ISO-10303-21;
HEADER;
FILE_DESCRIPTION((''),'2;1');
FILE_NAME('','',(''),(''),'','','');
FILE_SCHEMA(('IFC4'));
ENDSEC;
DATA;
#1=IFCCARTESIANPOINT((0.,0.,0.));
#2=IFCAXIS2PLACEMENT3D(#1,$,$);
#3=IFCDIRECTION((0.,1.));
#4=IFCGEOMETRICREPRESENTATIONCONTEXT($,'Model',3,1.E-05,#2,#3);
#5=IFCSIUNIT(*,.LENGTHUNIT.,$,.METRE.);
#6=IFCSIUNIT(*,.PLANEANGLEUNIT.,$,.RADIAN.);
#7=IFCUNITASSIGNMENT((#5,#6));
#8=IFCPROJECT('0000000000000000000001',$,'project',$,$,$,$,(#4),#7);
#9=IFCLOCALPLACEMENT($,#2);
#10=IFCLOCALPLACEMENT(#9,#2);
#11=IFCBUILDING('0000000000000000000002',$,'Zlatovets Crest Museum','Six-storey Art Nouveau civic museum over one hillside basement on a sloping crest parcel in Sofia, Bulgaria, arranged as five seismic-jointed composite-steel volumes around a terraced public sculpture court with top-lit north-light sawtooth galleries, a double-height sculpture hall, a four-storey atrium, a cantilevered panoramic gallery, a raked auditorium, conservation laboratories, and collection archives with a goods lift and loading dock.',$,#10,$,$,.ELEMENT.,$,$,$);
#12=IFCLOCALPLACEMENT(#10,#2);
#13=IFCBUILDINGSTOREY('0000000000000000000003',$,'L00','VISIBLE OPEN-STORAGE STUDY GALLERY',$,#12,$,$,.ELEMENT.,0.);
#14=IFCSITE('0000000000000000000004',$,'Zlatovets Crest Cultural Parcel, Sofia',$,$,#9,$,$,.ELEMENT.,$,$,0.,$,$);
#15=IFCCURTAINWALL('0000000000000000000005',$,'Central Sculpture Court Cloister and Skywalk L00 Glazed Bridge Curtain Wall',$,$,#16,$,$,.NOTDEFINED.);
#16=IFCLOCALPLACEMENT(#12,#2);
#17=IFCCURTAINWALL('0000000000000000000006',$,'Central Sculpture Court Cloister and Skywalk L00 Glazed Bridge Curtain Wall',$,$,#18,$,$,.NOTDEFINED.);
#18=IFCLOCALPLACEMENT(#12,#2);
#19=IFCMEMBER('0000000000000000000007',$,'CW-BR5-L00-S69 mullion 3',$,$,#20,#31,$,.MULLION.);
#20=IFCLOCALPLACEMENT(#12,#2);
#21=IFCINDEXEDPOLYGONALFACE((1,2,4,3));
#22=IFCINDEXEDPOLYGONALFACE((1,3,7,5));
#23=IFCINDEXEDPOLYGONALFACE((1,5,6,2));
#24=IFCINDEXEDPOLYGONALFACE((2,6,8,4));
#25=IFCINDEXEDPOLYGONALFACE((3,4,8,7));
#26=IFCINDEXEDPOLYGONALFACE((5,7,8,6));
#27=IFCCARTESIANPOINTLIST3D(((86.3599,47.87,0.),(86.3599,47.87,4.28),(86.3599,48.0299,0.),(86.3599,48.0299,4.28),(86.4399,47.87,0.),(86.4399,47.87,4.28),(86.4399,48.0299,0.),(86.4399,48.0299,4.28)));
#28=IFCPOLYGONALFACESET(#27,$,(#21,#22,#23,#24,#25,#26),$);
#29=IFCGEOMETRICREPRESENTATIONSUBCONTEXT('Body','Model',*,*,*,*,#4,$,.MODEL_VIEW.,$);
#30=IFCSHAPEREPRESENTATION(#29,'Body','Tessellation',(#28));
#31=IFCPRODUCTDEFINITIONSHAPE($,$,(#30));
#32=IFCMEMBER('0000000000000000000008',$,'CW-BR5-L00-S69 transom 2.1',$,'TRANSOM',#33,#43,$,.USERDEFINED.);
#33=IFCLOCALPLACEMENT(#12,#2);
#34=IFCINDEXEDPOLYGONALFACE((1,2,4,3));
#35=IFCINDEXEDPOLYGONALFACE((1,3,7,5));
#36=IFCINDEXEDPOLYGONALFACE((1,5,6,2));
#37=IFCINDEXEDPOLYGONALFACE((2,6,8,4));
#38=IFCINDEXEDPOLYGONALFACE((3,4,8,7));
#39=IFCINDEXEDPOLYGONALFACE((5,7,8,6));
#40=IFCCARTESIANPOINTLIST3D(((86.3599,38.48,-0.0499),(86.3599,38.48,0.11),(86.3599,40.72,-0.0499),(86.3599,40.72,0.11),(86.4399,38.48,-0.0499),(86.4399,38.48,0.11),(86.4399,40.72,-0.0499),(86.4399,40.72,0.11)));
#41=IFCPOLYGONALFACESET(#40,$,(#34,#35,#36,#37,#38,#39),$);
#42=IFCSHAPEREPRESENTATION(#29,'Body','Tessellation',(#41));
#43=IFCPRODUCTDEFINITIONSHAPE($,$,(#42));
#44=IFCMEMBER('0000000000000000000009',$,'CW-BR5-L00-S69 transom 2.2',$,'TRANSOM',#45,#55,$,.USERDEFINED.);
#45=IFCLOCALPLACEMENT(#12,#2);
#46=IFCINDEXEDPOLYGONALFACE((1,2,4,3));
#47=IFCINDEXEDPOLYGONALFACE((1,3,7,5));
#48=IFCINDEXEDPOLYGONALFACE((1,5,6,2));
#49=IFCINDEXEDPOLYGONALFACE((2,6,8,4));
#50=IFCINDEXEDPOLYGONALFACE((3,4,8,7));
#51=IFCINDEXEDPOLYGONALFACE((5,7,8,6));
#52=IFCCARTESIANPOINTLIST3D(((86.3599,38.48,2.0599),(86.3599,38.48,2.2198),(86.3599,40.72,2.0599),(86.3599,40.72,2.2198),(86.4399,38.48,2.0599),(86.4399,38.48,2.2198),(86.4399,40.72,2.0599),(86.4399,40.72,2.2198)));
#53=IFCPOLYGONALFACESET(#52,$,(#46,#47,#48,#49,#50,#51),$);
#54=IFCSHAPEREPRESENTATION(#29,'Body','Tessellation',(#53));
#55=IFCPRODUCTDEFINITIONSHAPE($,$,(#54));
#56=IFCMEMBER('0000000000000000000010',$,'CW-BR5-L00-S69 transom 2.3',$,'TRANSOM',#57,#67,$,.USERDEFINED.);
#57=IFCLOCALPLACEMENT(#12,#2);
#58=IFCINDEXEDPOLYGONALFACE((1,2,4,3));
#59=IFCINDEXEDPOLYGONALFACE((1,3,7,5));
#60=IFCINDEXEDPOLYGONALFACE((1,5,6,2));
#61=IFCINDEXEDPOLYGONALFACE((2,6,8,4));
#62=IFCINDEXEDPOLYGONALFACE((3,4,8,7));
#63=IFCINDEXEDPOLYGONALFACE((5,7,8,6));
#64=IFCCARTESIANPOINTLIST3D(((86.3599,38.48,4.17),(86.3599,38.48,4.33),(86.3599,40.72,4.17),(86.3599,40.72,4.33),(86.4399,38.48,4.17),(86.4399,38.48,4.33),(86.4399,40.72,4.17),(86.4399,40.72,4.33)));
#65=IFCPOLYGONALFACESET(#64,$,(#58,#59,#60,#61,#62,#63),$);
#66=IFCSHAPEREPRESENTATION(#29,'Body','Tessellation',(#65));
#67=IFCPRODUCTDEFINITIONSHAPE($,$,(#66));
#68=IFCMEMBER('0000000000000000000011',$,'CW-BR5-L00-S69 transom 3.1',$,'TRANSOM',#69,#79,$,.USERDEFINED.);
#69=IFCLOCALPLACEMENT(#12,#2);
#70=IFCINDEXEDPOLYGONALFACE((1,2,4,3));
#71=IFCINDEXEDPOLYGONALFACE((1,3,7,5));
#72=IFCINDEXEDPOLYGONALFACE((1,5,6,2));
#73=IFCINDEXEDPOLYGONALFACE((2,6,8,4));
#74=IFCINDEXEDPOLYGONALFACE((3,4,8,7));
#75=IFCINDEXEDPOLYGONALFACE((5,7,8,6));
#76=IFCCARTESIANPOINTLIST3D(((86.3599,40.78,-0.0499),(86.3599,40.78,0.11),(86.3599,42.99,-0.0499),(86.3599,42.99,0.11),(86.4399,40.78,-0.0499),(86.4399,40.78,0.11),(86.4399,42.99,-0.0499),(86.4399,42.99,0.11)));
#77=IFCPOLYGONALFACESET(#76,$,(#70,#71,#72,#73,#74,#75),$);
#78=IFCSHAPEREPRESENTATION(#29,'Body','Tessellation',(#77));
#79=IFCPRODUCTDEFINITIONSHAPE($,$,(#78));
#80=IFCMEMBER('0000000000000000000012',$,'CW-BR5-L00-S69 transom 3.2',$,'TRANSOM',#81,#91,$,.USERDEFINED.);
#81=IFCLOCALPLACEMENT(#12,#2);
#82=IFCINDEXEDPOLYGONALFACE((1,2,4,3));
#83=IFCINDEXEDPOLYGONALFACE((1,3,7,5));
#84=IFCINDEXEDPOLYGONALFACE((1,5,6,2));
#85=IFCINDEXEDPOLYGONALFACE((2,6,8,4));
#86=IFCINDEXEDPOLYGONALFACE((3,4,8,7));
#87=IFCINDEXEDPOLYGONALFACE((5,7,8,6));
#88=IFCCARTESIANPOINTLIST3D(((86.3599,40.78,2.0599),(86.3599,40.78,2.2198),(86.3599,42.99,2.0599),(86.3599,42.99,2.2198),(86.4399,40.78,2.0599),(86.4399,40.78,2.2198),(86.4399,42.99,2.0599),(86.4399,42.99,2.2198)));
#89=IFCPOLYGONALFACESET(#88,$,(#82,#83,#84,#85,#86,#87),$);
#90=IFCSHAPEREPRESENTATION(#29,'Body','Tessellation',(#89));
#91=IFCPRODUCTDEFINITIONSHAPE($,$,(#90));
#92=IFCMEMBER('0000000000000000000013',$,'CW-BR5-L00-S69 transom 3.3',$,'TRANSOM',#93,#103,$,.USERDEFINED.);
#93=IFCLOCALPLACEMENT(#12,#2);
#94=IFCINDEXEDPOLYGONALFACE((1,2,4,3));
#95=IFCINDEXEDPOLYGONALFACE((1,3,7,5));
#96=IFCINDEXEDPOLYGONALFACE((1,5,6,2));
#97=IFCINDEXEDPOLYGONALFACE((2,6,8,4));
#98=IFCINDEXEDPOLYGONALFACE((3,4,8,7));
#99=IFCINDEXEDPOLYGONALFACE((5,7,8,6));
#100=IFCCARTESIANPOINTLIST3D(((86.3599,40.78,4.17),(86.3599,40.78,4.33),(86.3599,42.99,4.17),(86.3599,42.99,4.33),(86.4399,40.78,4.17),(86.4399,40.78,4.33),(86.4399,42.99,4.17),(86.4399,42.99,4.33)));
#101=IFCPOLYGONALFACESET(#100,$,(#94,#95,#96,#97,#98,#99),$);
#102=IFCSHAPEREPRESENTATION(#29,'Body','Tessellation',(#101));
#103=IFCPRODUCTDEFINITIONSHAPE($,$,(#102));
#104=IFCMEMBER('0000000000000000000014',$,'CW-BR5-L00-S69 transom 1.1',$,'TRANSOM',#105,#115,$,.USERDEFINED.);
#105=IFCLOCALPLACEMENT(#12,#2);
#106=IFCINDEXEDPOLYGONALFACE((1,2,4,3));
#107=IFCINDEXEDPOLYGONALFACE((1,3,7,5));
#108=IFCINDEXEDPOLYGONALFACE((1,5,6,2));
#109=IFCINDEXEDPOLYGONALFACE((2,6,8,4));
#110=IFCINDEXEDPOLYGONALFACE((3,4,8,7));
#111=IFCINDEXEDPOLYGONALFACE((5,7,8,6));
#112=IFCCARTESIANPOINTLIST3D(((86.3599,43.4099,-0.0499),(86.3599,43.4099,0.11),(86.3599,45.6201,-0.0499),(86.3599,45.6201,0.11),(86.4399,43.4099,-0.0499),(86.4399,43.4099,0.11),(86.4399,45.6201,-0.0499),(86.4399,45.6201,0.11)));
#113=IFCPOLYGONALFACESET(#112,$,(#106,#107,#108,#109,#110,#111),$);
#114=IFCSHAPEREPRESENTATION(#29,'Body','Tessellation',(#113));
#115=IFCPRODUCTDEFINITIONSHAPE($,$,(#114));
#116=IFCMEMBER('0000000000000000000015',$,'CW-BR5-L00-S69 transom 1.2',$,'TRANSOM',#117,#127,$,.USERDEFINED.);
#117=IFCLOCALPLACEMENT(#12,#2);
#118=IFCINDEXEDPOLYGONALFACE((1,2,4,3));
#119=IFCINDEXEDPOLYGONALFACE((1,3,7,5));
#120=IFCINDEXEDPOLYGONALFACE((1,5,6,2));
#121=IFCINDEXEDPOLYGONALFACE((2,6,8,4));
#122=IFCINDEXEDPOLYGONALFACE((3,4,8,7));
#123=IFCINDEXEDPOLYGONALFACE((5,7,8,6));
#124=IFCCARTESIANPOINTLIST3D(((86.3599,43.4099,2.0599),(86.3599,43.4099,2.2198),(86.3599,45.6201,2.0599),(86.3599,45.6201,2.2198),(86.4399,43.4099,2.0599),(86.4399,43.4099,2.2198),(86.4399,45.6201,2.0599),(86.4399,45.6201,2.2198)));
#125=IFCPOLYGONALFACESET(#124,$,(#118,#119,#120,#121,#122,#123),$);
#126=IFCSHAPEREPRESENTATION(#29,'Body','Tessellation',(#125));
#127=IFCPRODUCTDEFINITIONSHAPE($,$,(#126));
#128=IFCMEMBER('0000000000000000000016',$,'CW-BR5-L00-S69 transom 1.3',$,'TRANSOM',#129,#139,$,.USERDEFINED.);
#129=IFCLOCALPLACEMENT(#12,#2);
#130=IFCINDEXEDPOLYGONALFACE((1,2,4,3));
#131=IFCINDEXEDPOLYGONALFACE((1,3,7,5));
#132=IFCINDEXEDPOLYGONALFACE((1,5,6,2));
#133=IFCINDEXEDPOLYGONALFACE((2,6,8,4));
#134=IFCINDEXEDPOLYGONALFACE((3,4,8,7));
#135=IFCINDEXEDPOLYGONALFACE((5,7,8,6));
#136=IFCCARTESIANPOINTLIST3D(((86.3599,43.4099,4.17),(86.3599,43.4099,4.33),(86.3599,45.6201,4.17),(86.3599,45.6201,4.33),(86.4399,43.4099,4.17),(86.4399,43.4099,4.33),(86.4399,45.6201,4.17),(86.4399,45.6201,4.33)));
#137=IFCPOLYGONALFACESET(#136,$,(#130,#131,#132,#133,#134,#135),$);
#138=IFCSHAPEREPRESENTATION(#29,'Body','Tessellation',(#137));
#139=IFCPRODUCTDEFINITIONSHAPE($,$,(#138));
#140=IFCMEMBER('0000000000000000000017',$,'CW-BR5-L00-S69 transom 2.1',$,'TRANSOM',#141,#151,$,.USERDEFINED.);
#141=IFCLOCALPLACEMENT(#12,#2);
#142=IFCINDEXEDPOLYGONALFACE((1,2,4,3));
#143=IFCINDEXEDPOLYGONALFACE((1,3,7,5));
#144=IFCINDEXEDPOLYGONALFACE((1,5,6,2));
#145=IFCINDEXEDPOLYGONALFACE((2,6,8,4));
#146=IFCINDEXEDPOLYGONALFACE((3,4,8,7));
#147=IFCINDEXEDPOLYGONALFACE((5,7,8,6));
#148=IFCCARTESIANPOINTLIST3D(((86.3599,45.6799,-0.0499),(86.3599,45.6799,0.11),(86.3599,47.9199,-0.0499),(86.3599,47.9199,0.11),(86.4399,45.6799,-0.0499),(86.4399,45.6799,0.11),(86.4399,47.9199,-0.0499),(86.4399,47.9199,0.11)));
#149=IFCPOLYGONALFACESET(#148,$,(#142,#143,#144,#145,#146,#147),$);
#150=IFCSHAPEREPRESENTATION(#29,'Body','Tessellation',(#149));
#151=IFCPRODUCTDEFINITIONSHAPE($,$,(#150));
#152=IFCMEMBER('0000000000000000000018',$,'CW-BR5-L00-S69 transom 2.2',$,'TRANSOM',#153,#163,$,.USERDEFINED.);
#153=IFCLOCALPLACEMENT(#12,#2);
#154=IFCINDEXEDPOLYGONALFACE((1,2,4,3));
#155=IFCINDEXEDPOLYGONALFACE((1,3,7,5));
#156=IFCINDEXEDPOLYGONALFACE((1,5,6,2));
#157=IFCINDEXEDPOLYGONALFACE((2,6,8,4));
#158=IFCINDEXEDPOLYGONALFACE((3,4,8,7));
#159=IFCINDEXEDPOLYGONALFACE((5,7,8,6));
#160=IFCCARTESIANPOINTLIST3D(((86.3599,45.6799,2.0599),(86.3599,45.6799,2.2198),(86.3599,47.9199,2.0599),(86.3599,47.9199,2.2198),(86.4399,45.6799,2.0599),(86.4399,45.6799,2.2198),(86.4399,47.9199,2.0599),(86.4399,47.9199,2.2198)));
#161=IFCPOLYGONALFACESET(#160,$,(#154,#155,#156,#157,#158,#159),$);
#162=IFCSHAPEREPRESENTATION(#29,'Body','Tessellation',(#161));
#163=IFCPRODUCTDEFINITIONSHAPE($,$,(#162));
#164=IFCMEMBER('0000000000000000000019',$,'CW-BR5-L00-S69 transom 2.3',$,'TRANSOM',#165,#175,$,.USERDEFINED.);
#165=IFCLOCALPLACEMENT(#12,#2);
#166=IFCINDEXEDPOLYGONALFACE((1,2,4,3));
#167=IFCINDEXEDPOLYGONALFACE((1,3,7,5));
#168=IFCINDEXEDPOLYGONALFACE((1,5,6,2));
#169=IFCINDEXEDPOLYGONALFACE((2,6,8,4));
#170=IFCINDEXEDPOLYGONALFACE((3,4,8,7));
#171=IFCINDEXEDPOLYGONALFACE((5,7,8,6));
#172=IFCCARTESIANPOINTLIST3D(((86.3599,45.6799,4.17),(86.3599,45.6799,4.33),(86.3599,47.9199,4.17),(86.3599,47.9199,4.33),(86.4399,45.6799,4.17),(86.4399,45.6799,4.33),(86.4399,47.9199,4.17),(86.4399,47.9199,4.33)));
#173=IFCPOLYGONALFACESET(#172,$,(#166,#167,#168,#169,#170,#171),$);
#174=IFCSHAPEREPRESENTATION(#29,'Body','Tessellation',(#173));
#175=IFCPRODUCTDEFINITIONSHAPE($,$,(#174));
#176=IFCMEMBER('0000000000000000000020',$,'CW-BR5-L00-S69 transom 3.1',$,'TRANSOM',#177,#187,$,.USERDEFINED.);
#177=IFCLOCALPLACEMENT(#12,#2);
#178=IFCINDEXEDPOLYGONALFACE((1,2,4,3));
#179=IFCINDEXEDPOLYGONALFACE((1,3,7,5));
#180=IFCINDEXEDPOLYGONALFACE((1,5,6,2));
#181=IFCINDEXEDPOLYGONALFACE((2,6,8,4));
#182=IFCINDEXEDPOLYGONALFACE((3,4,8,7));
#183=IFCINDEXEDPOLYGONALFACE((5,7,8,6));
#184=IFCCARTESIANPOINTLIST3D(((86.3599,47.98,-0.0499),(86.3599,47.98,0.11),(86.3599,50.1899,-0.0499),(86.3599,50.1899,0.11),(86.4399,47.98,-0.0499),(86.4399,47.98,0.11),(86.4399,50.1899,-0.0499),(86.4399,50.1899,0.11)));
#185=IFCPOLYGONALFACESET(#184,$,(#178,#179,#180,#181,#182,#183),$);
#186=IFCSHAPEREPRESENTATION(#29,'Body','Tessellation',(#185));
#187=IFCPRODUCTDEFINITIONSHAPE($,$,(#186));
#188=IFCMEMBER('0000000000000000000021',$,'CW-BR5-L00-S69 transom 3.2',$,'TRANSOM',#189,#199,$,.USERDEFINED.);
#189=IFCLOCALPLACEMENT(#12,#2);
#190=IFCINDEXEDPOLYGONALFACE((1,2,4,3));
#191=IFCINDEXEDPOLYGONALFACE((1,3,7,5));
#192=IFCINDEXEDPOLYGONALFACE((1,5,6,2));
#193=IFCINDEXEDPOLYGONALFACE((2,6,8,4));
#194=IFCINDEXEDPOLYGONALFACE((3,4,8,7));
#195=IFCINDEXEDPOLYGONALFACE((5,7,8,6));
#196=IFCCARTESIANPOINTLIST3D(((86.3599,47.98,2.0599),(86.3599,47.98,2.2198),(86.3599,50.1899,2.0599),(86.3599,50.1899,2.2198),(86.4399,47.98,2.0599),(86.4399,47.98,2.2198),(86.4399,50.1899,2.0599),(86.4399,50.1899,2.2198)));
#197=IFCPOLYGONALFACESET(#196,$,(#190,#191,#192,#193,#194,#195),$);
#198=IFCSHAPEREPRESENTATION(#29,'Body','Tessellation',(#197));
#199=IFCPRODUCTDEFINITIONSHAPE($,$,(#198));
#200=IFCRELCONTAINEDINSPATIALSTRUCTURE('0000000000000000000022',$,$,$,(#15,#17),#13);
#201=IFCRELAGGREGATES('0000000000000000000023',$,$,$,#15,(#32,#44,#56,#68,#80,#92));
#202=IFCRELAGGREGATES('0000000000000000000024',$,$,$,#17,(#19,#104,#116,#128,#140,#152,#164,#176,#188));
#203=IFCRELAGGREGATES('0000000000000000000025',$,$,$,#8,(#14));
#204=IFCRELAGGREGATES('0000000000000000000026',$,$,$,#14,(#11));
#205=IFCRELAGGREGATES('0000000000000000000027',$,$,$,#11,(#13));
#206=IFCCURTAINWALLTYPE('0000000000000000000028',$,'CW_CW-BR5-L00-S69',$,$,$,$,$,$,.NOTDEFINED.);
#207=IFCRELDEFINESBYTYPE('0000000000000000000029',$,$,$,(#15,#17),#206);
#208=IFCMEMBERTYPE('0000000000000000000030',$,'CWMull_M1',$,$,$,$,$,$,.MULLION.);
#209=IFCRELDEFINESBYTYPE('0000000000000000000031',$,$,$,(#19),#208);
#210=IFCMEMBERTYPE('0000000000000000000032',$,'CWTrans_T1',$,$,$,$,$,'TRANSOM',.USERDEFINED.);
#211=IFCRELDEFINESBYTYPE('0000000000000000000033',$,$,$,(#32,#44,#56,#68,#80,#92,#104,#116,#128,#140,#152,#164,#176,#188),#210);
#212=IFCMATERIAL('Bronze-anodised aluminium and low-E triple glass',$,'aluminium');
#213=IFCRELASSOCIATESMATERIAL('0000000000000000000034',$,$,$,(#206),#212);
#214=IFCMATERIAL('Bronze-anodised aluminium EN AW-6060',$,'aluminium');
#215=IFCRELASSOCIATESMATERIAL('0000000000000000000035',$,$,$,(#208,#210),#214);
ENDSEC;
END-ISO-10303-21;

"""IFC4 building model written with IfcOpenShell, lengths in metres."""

from ifc_helpers import new_model, si_unit, direction, frame, origin, origin_2d, place, context, subcontext, project, spatial, rectangle, extrude, material, material_profile, profile_set, type_object, element, aggregate, save


model = new_model("IFC4")

# Units and contexts
model_context = context("Model", 3, precision=1e-05, world=origin(), true_north=direction((0.0, 1.0)))
body_context = subcontext(model_context, "Body", "Model", "MODEL_VIEW")
ifc_project = project(units=[si_unit("LENGTHUNIT", "METRE"), si_unit("PLANEANGLEUNIT", "RADIAN")], contexts=[model_context])

# Site, building, storey
site_placement = place(None, origin())
site = spatial("IfcSite", under=ifc_project, at=site_placement, Name="Zlatovets Crest Cultural Parcel, Sofia", CompositionType="ELEMENT", RefElevation=0.0)
building_placement = place(site_placement, origin())
building = spatial("IfcBuilding", under=site, at=building_placement, Name="Zlatovets Crest Museum", Description="Six-storey Art Nouveau civic museum over one hillside basement on a sloping crest parcel in Sofia, Bulgaria, arranged as five seismic-jointed composite-steel volumes around a terraced public sculpture court with top-lit north-light sawtooth galleries, a double-height sculpture hall, a four-storey atrium, a cantilevered panoramic gallery, a raked auditorium, conservation laboratories, and collection archives with a goods lift and loading dock.", CompositionType="ELEMENT")
storey_placement = place(building_placement, origin())
storey = spatial("IfcBuildingStorey", under=building, at=storey_placement, Name="L00", Description="VISIBLE OPEN-STORAGE STUDY GALLERY", CompositionType="ELEMENT", Elevation=0.0)

# Curtain walls, member
ifc_material_1 = material(Name="Bronze-anodised aluminium and low-E triple glass", Category="aluminium")
curtain_wall_type = type_object("IfcCurtainWallType", Name="CW_CW-BR5-L00-S69", PredefinedType="NOTDEFINED", material=ifc_material_1)
curtain_wall_1_placement = place(storey_placement, origin())
curtain_wall_1 = element("IfcCurtainWall", 1, at=curtain_wall_1_placement, inside=storey, type_object=curtain_wall_type, Name="Central Sculpture Court Cloister and Skywalk L00 Glazed Bridge Curtain Wall", PredefinedType="NOTDEFINED")
ifc_material_2 = material(Name="Bronze-anodised aluminium EN AW-6060", Category="aluminium")
ifc_material_profile_1 = material_profile(ifc_material_2, rectangle(XDim=0.0801, YDim=0.1599, at=origin_2d()), Name="ALU 80x160")
ifc_profile_set_1 = profile_set([ifc_material_profile_1], Name="Bronze-anodised aluminium EN AW-6060")
member_type_1 = type_object("IfcMemberType", Name="CWMull_M1", PredefinedType="MULLION", material=ifc_profile_set_1)
curtain_wall_2_placement = place(storey_placement, origin())
curtain_wall_2 = element("IfcCurtainWall", 2, at=curtain_wall_2_placement, inside=storey, type_object=curtain_wall_type, Name="Central Sculpture Court Cloister and Skywalk L00 Glazed Bridge Curtain Wall", PredefinedType="NOTDEFINED")
member_1_placement = place(storey_placement, frame((86.3999, 47.95, 0.0), z_axis=(0.0, 0.0, 1.0), x_axis=(-1.0, 0.0, 0.0)))
member_1 = element("IfcMember", 3, at=member_1_placement, type_object=member_type_1, Name="CW-BR5-L00-S69 mullion 3", PredefinedType="MULLION", context=body_context, shape_type="SweptSolid", body=[
    extrude(rectangle(XDim=0.0801, YDim=0.1599, at=origin_2d()), origin(), (0.0, 0.0, 1.0), 4.28),
])

# Members
ifc_material_profile_2 = material_profile(ifc_material_2, rectangle(XDim=0.0801, YDim=0.1599, at=origin_2d()), Name="ALU 80x160")
ifc_profile_set_2 = profile_set([ifc_material_profile_2], Name="Bronze-anodised aluminium EN AW-6060")
member_type_2 = type_object("IfcMemberType", Name="CWTrans_T1", ElementType="TRANSOM", PredefinedType="USERDEFINED", material=ifc_profile_set_2)
member_2_placement = place(storey_placement, frame((86.3999, 38.48, 0.03), z_axis=(0.0, 1.0, 0.0), x_axis=(-1.0, 0.0, 0.0)))
member_2 = element("IfcMember", 4, at=member_2_placement, type_object=member_type_2, Name="CW-BR5-L00-S69 transom 2.1", ObjectType="TRANSOM", PredefinedType="USERDEFINED", context=body_context, shape_type="SweptSolid", body=[
    extrude(rectangle(XDim=0.0801, YDim=0.1599, at=origin_2d()), origin(), (0.0, 0.0, 1.0), 2.24),
])
member_3_placement = place(storey_placement, frame((86.3999, 38.48, 2.1399), z_axis=(0.0, 1.0, 0.0), x_axis=(-1.0, 0.0, 0.0)))
member_3 = element("IfcMember", 5, at=member_3_placement, type_object=member_type_2, Name="CW-BR5-L00-S69 transom 2.2", ObjectType="TRANSOM", PredefinedType="USERDEFINED", context=body_context, shape_type="SweptSolid", body=[
    extrude(rectangle(XDim=0.0801, YDim=0.1599, at=origin_2d()), origin(), (0.0, 0.0, 1.0), 2.24),
])
member_4_placement = place(storey_placement, frame((86.3999, 38.48, 4.25), z_axis=(0.0, 1.0, 0.0), x_axis=(-1.0, 0.0, 0.0)))
member_4 = element("IfcMember", 6, at=member_4_placement, type_object=member_type_2, Name="CW-BR5-L00-S69 transom 2.3", ObjectType="TRANSOM", PredefinedType="USERDEFINED", context=body_context, shape_type="SweptSolid", body=[
    extrude(rectangle(XDim=0.0801, YDim=0.1599, at=origin_2d()), origin(), (0.0, 0.0, 1.0), 2.24),
])
member_5_placement = place(storey_placement, frame((86.3999, 40.78, 0.03), z_axis=(0.0, 1.0, 0.0), x_axis=(-1.0, 0.0, 0.0)))
member_5 = element("IfcMember", 7, at=member_5_placement, type_object=member_type_2, Name="CW-BR5-L00-S69 transom 3.1", ObjectType="TRANSOM", PredefinedType="USERDEFINED", context=body_context, shape_type="SweptSolid", body=[
    extrude(rectangle(XDim=0.0801, YDim=0.1599, at=origin_2d()), origin(), (0.0, 0.0, 1.0), 2.21),
])
member_6_placement = place(storey_placement, frame((86.3999, 40.78, 2.1399), z_axis=(0.0, 1.0, 0.0), x_axis=(-1.0, 0.0, 0.0)))
member_6 = element("IfcMember", 8, at=member_6_placement, type_object=member_type_2, Name="CW-BR5-L00-S69 transom 3.2", ObjectType="TRANSOM", PredefinedType="USERDEFINED", context=body_context, shape_type="SweptSolid", body=[
    extrude(rectangle(XDim=0.0801, YDim=0.1599, at=origin_2d()), origin(), (0.0, 0.0, 1.0), 2.21),
])
member_7_placement = place(storey_placement, frame((86.3999, 40.78, 4.25), z_axis=(0.0, 1.0, 0.0), x_axis=(-1.0, 0.0, 0.0)))
member_7 = element("IfcMember", 9, at=member_7_placement, type_object=member_type_2, Name="CW-BR5-L00-S69 transom 3.3", ObjectType="TRANSOM", PredefinedType="USERDEFINED", context=body_context, shape_type="SweptSolid", body=[
    extrude(rectangle(XDim=0.0801, YDim=0.1599, at=origin_2d()), origin(), (0.0, 0.0, 1.0), 2.21),
])
member_8_placement = place(storey_placement, frame((86.3999, 43.4099, 0.03), z_axis=(0.0, 1.0, 0.0), x_axis=(-1.0, 0.0, 0.0)))
member_8 = element("IfcMember", 10, at=member_8_placement, type_object=member_type_2, Name="CW-BR5-L00-S69 transom 1.1", ObjectType="TRANSOM", PredefinedType="USERDEFINED", context=body_context, shape_type="SweptSolid", body=[
    extrude(rectangle(XDim=0.0801, YDim=0.1599, at=origin_2d()), origin(), (0.0, 0.0, 1.0), 2.2102),
])
member_9_placement = place(storey_placement, frame((86.3999, 43.4099, 2.1399), z_axis=(0.0, 1.0, 0.0), x_axis=(-1.0, 0.0, 0.0)))
member_9 = element("IfcMember", 11, at=member_9_placement, type_object=member_type_2, Name="CW-BR5-L00-S69 transom 1.2", ObjectType="TRANSOM", PredefinedType="USERDEFINED", context=body_context, shape_type="SweptSolid", body=[
    extrude(rectangle(XDim=0.0801, YDim=0.1599, at=origin_2d()), origin(), (0.0, 0.0, 1.0), 2.2102),
])
member_10_placement = place(storey_placement, frame((86.3999, 43.4099, 4.25), z_axis=(0.0, 1.0, 0.0), x_axis=(-1.0, 0.0, 0.0)))
member_10 = element("IfcMember", 12, at=member_10_placement, type_object=member_type_2, Name="CW-BR5-L00-S69 transom 1.3", ObjectType="TRANSOM", PredefinedType="USERDEFINED", context=body_context, shape_type="SweptSolid", body=[
    extrude(rectangle(XDim=0.0801, YDim=0.1599, at=origin_2d()), origin(), (0.0, 0.0, 1.0), 2.2102),
])
member_11_placement = place(storey_placement, frame((86.3999, 45.6799, 0.03), z_axis=(0.0, 1.0, 0.0), x_axis=(-1.0, 0.0, 0.0)))
member_11 = element("IfcMember", 13, at=member_11_placement, type_object=member_type_2, Name="CW-BR5-L00-S69 transom 2.1", ObjectType="TRANSOM", PredefinedType="USERDEFINED", context=body_context, shape_type="SweptSolid", body=[
    extrude(rectangle(XDim=0.0801, YDim=0.1599, at=origin_2d()), origin(), (0.0, 0.0, 1.0), 2.24),
])
member_12_placement = place(storey_placement, frame((86.3999, 45.6799, 2.1399), z_axis=(0.0, 1.0, 0.0), x_axis=(-1.0, 0.0, 0.0)))
member_12 = element("IfcMember", 14, at=member_12_placement, type_object=member_type_2, Name="CW-BR5-L00-S69 transom 2.2", ObjectType="TRANSOM", PredefinedType="USERDEFINED", context=body_context, shape_type="SweptSolid", body=[
    extrude(rectangle(XDim=0.0801, YDim=0.1599, at=origin_2d()), origin(), (0.0, 0.0, 1.0), 2.24),
])
member_13_placement = place(storey_placement, frame((86.3999, 45.6799, 4.25), z_axis=(0.0, 1.0, 0.0), x_axis=(-1.0, 0.0, 0.0)))
member_13 = element("IfcMember", 15, at=member_13_placement, type_object=member_type_2, Name="CW-BR5-L00-S69 transom 2.3", ObjectType="TRANSOM", PredefinedType="USERDEFINED", context=body_context, shape_type="SweptSolid", body=[
    extrude(rectangle(XDim=0.0801, YDim=0.1599, at=origin_2d()), origin(), (0.0, 0.0, 1.0), 2.24),
])
member_14_placement = place(storey_placement, frame((86.3999, 47.98, 0.03), z_axis=(0.0, 1.0, 0.0), x_axis=(-1.0, 0.0, 0.0)))
member_14 = element("IfcMember", 16, at=member_14_placement, type_object=member_type_2, Name="CW-BR5-L00-S69 transom 3.1", ObjectType="TRANSOM", PredefinedType="USERDEFINED", context=body_context, shape_type="SweptSolid", body=[
    extrude(rectangle(XDim=0.0801, YDim=0.1599, at=origin_2d()), origin(), (0.0, 0.0, 1.0), 2.21),
])
member_15_placement = place(storey_placement, frame((86.3999, 47.98, 2.1399), z_axis=(0.0, 1.0, 0.0), x_axis=(-1.0, 0.0, 0.0)))
member_15 = element("IfcMember", 17, at=member_15_placement, type_object=member_type_2, Name="CW-BR5-L00-S69 transom 3.2", ObjectType="TRANSOM", PredefinedType="USERDEFINED", context=body_context, shape_type="SweptSolid", body=[
    extrude(rectangle(XDim=0.0801, YDim=0.1599, at=origin_2d()), origin(), (0.0, 0.0, 1.0), 2.21),
])

aggregate(curtain_wall_1, [member_2, member_3, member_4, member_5, member_6, member_7])
aggregate(curtain_wall_2, [member_1, member_8, member_9, member_10, member_11, member_12, member_13, member_14, member_15])

save(model, "model.ifc")
